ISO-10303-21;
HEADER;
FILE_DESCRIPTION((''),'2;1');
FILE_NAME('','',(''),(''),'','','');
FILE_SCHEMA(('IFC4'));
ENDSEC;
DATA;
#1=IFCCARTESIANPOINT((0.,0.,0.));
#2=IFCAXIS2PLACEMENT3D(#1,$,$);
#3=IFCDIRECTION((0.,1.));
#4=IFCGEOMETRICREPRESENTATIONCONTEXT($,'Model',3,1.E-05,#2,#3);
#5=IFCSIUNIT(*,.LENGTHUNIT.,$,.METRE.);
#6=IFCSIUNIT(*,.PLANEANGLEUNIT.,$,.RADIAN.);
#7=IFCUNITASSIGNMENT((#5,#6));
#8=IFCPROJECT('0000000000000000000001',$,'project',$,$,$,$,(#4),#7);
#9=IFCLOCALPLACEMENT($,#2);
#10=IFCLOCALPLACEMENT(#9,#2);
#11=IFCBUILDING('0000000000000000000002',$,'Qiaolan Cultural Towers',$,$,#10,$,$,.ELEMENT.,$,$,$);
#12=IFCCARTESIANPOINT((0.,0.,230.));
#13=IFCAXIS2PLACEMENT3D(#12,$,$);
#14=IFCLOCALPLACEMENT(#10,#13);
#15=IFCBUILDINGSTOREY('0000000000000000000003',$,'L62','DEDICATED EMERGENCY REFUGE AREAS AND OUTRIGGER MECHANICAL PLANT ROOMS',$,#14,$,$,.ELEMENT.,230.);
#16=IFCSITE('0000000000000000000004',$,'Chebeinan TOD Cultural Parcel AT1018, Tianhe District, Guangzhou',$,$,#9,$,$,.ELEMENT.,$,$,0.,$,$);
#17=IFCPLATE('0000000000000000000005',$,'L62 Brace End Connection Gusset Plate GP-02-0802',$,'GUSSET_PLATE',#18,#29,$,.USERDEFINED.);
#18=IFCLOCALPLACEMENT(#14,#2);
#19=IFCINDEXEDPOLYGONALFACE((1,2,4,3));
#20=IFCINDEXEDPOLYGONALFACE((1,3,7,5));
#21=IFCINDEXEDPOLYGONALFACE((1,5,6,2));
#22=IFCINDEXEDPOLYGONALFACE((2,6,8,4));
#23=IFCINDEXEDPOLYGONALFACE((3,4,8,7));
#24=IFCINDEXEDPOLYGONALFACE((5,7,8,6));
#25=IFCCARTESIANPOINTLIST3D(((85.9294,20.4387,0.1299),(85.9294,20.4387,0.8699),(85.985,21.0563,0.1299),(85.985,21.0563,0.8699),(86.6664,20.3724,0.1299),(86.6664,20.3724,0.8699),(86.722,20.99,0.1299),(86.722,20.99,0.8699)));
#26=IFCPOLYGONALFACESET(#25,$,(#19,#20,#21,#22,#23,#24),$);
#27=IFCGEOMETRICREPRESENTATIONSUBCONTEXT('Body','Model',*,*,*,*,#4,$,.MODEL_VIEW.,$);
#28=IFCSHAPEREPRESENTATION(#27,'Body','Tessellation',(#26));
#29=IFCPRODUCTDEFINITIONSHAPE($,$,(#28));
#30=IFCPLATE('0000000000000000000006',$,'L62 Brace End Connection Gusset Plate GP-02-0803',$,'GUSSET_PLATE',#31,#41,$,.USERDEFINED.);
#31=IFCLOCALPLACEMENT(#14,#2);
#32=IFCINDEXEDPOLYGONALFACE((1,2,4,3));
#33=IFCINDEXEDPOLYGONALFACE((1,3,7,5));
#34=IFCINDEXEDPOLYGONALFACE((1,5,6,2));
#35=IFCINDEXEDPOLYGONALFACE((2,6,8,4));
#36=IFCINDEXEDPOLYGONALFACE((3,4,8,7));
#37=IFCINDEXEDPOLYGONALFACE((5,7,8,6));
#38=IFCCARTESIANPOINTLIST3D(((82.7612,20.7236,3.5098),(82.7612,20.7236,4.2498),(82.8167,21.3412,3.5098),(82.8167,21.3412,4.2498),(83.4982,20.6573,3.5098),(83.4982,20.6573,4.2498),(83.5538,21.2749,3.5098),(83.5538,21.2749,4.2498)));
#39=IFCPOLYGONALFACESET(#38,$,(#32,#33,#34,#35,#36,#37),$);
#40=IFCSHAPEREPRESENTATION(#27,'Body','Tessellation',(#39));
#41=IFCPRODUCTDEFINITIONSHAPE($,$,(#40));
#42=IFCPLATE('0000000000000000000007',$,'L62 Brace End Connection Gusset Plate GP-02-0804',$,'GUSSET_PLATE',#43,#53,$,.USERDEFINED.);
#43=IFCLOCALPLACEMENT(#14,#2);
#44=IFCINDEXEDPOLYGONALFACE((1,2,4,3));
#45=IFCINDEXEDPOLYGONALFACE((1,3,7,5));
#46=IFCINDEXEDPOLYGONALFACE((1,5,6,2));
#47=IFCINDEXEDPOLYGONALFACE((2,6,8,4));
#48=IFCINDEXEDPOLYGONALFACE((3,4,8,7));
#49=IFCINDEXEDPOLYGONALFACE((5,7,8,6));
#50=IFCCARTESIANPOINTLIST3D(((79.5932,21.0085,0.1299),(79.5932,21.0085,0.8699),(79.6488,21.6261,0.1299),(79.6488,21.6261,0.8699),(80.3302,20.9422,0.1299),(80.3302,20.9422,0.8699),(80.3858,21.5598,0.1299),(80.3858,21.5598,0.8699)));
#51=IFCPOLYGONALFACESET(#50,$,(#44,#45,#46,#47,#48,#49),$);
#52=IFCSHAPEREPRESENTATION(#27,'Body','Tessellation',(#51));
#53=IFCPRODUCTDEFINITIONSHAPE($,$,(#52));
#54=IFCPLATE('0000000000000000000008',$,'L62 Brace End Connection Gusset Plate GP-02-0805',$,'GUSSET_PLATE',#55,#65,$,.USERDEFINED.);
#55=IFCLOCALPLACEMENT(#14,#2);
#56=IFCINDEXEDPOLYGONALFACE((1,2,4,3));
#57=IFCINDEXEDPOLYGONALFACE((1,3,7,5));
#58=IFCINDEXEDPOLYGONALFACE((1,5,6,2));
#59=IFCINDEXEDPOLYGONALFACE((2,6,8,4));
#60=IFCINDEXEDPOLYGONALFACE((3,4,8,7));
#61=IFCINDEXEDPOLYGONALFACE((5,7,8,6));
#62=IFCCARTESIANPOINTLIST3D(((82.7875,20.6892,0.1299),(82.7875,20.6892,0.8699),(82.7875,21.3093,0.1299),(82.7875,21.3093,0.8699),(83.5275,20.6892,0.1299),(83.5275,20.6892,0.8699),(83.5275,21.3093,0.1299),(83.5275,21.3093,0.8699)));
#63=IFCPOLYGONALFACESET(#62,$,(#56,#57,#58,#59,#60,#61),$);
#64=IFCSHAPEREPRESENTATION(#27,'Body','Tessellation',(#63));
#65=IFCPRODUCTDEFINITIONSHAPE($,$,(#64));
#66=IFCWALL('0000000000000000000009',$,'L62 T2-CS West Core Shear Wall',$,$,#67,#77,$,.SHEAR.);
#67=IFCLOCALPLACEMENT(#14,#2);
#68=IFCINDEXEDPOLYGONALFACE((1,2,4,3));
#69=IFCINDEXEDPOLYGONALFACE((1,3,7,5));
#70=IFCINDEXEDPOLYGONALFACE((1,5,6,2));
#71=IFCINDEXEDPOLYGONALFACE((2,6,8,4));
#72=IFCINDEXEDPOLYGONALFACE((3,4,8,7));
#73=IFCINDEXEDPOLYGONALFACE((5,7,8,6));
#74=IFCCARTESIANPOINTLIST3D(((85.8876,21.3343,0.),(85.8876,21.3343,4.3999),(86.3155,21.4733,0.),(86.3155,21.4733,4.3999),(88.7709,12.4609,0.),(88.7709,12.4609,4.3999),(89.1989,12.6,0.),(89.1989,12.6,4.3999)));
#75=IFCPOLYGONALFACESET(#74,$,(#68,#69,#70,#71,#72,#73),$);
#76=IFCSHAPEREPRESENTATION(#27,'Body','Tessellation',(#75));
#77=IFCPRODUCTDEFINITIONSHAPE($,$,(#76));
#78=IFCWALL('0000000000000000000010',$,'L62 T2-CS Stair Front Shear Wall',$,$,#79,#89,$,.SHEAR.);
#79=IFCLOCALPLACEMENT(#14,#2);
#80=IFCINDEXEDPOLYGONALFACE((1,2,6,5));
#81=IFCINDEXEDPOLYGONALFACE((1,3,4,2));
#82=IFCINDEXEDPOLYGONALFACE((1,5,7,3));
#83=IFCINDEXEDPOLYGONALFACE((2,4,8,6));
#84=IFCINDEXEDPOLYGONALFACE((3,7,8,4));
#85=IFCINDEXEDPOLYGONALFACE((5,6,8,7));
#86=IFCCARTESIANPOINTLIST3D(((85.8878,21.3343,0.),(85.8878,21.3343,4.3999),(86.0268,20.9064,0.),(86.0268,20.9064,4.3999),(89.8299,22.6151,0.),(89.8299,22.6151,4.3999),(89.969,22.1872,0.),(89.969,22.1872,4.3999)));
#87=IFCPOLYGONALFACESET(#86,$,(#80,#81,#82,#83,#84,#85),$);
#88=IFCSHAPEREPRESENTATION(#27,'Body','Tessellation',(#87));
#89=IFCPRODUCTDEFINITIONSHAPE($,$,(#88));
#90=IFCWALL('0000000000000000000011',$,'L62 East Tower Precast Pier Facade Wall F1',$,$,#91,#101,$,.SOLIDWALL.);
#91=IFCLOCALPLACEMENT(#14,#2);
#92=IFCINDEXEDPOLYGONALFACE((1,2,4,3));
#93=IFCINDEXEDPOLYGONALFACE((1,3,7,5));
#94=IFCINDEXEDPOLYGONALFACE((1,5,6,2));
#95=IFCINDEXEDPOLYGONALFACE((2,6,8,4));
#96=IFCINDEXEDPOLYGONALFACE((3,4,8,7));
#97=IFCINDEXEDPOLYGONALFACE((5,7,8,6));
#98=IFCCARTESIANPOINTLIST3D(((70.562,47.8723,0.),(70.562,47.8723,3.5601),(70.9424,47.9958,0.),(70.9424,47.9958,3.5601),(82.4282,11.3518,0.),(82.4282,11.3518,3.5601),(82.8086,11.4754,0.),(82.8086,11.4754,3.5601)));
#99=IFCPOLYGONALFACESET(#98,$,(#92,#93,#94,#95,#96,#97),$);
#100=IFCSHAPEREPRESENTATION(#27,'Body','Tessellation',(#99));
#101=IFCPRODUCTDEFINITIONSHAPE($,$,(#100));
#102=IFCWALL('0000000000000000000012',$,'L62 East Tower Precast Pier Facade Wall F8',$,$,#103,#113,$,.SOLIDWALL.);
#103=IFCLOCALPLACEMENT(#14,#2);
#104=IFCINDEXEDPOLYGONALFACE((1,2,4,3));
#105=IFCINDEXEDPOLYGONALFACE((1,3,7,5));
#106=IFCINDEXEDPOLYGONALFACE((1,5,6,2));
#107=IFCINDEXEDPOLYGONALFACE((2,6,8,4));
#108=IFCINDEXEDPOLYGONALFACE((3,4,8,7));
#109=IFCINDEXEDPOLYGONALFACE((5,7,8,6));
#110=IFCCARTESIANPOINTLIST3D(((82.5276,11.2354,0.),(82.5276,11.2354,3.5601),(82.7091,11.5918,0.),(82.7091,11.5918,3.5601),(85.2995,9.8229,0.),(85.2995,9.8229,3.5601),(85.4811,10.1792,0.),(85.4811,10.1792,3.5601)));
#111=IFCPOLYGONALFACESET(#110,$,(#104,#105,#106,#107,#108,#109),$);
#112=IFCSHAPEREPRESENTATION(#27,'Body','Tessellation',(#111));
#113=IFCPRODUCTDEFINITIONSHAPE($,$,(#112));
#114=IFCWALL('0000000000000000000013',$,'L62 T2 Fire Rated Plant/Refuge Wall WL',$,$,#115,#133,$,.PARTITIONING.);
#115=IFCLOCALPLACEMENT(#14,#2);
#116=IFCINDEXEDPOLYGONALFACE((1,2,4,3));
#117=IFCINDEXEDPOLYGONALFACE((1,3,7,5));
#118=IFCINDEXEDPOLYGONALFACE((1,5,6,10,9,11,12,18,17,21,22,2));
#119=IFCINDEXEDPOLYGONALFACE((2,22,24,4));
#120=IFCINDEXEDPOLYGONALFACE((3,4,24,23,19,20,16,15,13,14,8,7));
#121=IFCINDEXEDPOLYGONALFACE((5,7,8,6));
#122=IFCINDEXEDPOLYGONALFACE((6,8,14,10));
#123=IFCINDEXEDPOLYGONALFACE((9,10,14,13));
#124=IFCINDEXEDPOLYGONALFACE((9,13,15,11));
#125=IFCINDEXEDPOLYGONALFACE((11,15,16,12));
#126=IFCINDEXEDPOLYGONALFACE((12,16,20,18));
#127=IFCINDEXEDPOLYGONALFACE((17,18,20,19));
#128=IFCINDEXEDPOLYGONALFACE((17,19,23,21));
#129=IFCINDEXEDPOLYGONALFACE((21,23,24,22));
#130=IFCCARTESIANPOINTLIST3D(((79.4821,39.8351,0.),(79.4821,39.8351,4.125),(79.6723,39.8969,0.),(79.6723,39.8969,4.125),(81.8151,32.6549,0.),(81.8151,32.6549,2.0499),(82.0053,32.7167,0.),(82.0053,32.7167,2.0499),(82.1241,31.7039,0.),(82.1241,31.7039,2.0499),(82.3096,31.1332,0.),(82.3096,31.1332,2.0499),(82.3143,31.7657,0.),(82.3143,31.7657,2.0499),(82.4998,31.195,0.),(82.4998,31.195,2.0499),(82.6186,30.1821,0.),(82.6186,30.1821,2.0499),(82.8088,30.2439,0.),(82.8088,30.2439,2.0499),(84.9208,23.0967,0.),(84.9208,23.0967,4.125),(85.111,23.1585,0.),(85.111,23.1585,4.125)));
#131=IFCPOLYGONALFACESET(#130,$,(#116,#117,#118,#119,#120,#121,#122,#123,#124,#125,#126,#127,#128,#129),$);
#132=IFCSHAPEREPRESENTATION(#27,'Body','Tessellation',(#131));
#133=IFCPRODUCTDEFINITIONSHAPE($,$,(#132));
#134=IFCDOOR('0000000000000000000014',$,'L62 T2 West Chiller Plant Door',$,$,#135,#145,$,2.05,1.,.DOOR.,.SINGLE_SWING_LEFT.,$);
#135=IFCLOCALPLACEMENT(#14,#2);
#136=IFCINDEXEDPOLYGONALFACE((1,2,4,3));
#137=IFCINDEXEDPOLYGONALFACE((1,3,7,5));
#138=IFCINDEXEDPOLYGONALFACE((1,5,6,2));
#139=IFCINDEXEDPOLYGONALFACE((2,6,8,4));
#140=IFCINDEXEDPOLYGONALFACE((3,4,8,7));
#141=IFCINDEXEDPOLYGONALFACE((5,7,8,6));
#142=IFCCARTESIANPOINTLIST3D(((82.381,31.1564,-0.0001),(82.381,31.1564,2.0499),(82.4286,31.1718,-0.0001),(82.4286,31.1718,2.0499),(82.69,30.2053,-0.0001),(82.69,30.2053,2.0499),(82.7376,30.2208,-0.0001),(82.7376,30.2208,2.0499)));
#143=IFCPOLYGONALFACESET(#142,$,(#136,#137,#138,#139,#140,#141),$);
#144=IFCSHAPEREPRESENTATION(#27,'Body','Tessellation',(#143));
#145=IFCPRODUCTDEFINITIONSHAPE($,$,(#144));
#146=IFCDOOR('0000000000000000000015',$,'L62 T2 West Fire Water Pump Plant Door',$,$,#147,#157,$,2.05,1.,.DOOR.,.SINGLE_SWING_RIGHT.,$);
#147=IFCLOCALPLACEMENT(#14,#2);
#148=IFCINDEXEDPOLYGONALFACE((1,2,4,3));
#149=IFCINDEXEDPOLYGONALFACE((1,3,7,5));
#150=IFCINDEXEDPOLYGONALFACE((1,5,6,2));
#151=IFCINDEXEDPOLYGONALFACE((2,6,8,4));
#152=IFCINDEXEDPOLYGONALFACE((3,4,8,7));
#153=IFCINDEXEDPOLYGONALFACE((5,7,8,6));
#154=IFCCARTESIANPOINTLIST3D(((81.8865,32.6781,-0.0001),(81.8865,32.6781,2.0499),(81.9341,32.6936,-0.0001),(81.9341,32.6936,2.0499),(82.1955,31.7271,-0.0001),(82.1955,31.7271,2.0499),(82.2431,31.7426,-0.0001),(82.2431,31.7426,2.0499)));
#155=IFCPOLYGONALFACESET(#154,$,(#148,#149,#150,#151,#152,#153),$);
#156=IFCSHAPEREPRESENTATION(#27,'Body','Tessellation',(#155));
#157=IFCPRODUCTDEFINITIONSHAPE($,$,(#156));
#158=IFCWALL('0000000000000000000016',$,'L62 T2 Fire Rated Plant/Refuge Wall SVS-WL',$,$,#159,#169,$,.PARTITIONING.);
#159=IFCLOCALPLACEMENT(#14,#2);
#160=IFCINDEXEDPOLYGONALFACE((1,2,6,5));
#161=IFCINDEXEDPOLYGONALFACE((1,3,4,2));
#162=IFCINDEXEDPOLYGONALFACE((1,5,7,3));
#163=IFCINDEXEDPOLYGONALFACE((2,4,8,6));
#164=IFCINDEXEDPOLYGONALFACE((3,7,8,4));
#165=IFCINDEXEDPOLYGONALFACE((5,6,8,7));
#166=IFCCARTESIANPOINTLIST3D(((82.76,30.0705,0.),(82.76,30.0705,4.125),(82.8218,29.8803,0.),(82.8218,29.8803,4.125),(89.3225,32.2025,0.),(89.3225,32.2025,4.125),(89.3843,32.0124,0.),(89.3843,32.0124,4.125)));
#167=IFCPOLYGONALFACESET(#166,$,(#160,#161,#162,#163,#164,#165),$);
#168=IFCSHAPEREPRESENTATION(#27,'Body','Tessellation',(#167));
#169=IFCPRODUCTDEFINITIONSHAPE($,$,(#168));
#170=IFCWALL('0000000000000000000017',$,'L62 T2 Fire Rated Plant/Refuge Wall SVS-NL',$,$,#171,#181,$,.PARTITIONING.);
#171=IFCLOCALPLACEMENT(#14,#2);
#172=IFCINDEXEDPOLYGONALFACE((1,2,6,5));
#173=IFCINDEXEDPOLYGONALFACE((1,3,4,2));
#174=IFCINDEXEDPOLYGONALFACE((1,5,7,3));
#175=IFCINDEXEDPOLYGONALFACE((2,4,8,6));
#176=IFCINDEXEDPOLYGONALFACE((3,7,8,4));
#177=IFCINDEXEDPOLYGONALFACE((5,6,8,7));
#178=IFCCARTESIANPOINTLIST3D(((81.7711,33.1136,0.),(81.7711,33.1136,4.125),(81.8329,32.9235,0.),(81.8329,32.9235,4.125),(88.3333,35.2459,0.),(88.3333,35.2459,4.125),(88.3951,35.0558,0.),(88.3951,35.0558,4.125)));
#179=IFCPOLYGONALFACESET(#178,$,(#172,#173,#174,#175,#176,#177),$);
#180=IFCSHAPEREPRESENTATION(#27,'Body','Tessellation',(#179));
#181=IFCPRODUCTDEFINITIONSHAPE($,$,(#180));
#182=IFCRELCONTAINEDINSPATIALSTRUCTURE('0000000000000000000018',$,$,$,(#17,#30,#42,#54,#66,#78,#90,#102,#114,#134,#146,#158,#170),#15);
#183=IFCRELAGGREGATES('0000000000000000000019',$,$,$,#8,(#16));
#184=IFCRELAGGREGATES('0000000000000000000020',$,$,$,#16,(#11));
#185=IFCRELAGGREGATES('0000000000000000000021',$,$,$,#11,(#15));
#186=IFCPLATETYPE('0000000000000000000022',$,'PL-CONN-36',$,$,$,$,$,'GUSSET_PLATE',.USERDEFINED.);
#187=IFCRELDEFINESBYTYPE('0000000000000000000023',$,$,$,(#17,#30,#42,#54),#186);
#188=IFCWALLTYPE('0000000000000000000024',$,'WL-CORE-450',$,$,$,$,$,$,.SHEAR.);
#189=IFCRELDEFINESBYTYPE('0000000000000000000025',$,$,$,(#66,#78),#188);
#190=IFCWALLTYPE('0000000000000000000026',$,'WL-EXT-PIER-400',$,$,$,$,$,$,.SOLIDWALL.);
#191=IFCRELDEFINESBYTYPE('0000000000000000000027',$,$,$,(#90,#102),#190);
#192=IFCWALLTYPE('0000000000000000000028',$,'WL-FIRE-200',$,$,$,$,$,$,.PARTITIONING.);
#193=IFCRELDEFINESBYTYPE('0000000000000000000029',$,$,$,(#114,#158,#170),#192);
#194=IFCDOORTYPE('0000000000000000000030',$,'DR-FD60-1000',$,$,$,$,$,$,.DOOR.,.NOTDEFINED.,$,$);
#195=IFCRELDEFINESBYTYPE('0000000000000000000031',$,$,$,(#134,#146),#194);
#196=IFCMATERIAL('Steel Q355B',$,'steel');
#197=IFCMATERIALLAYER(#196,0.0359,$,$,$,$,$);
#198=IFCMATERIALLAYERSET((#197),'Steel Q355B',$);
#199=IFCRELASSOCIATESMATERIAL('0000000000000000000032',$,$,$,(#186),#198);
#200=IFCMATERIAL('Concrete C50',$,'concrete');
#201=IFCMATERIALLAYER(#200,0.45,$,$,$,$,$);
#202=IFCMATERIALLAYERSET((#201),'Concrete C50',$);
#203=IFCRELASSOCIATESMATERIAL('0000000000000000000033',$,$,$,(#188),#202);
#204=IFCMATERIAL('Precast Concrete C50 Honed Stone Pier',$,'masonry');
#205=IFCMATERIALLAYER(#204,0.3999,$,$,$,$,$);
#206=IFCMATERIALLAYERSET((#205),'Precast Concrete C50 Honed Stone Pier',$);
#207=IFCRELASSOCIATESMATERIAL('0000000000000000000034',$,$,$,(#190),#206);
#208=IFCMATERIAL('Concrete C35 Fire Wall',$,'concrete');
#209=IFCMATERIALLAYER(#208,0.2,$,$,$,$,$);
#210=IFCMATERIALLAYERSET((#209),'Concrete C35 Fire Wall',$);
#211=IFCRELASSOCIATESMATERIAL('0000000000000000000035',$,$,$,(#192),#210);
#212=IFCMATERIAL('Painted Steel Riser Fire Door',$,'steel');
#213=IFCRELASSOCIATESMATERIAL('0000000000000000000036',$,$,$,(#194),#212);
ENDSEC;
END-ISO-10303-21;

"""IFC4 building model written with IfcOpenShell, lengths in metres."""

from ifc_helpers import new_model, si_unit, direction, frame, frame_2d, origin, origin_2d, place, context, subcontext, project, spatial, rectangle, extrude, material, layer, layer_set, type_object, element, fill, save


model = new_model("IFC4")

# Units and contexts
model_context = context("Model", 3, precision=1e-05, world=origin(), true_north=direction((0.0, 1.0)))
body_context = subcontext(model_context, "Body", "Model", "MODEL_VIEW")
ifc_project = project(units=[si_unit("LENGTHUNIT", "METRE"), si_unit("PLANEANGLEUNIT", "RADIAN")], contexts=[model_context])

# Site, building, storey
site_placement = place(None, origin())
site = spatial("IfcSite", under=ifc_project, at=site_placement, Name="Chebeinan TOD Cultural Parcel AT1018, Tianhe District, Guangzhou", CompositionType="ELEMENT", RefElevation=0.0)
building_placement = place(site_placement, origin())
building = spatial("IfcBuilding", under=site, at=building_placement, Name="Qiaolan Cultural Towers", CompositionType="ELEMENT")
storey_placement = place(building_placement, frame((0.0, 0.0, 230.0)))
storey = spatial("IfcBuildingStorey", under=building, at=storey_placement, Name="L62", Description="DEDICATED EMERGENCY REFUGE AREAS AND OUTRIGGER MECHANICAL PLANT ROOMS", CompositionType="ELEMENT", Elevation=230.0)

# Plates
ifc_material_1 = material(Name="Steel Q355B", Category="steel")
ifc_layer_1 = layer(ifc_material_1, 0.0359)
ifc_layer_set_1 = layer_set([ifc_layer_1], Name="Steel Q355B")
plate_type = type_object("IfcPlateType", Name="PL-CONN-36", ElementType="GUSSET_PLATE", PredefinedType="USERDEFINED", material=ifc_layer_set_1)
for number, where, z_axis, x_axis, name in (
    (1, (86.3257, 20.7144, 0.1299), (0.0, 0.0, 1.0), (-0.99598, 0.08958, 0.0), "L62 Brace End Connection Gusset Plate GP-02-0802"),
    (2, (83.1575, 20.9993, 3.5098), (0.0, 0.0, 1.0), (-0.99598, 0.08958, 0.0), "L62 Brace End Connection Gusset Plate GP-02-0803"),
    (3, (79.9895, 21.2842, 0.1299), (0.0, 0.0, 1.0), (-0.99598, 0.08958, 0.0), "L62 Brace End Connection Gusset Plate GP-02-0804"),
    (4, (83.1575, 20.9993, 0.1299), (0.0, 0.0, 1.0), (1.0, 0.0, 0.0), "L62 Brace End Connection Gusset Plate GP-02-0805"),
):
    element("IfcPlate", number, at=place(storey_placement, frame(where, z_axis=z_axis, x_axis=x_axis)), inside=storey, type_object=plate_type, Name=name, ObjectType="GUSSET_PLATE", PredefinedType="USERDEFINED", context=body_context, shape_type="SweptSolid", body=[
        extrude(rectangle(XDim=0.74, YDim=0.6201, at=origin_2d()), origin(), (0.0, 0.0, 1.0), 0.74),
    ])

# Walls
ifc_material_2 = material(Name="Concrete C50", Category="concrete")
ifc_layer_2 = layer(ifc_material_2, 0.45)
ifc_layer_set_2 = layer_set([ifc_layer_2], Name="Concrete C50")
wall_type_1 = type_object("IfcWallType", Name="WL-CORE-450", PredefinedType="SHEAR", material=ifc_layer_set_2)
wall_1_placement = place(storey_placement, frame((86.1016, 21.4038, 0.0), z_axis=(0.0, 0.0, 1.0), x_axis=(0.309036, -0.95105, 0.0)))
element("IfcWall", 5, at=wall_1_placement, inside=storey, type_object=wall_type_1, Name="L62 T2-CS West Core Shear Wall", PredefinedType="SHEAR", context=body_context, shape_type="SweptSolid", body=[
    extrude(rectangle(XDim=9.3301, YDim=0.45, at=frame_2d((4.665, 0.0))), origin(), (0.0, 0.0, 1.0), 4.3999),
])
wall_2_placement = place(storey_placement, frame((85.9573, 21.1204, 0.0), z_axis=(0.0, 0.0, 1.0), x_axis=(0.951065, 0.308992, 0.0)))
element("IfcWall", 6, at=wall_2_placement, inside=storey, type_object=wall_type_1, Name="L62 T2-CS Stair Front Shear Wall", PredefinedType="SHEAR", context=body_context, shape_type="SweptSolid", body=[
    extrude(rectangle(XDim=4.145, YDim=0.45, at=frame_2d((2.0725, 0.0))), origin(), (0.0, 0.0, 1.0), 4.3999),
])
ifc_material_3 = material(Name="Precast Concrete C50 Honed Stone Pier", Category="masonry")
ifc_layer_3 = layer(ifc_material_3, 0.3999)
ifc_layer_set_3 = layer_set([ifc_layer_3], Name="Precast Concrete C50 Honed Stone Pier")
wall_type_2 = type_object("IfcWallType", Name="WL-EXT-PIER-400", PredefinedType="SOLIDWALL", material=ifc_layer_set_3)
wall_3_placement = place(storey_placement, frame((82.6184, 11.4136, 0.0), z_axis=(0.0, 0.0, 1.0), x_axis=(-0.309016, 0.951057, 0.0)))
element("IfcWall", 7, at=wall_3_placement, inside=storey, type_object=wall_type_2, Name="L62 East Tower Precast Pier Facade Wall F1", PredefinedType="SOLIDWALL", context=body_context, shape_type="SweptSolid", body=[
    extrude(rectangle(XDim=38.3999, YDim=0.3999, at=frame_2d((19.2, 0.0))), origin(), (0.0, 0.0, 1.0), 3.5601),
])
wall_4_placement = place(storey_placement, frame((85.3904, 10.001, 0.0), z_axis=(0.0, 0.0, 1.0), x_axis=(-0.89098, 0.454043, 0.0)))
element("IfcWall", 8, at=wall_4_placement, inside=storey, type_object=wall_type_2, Name="L62 East Tower Precast Pier Facade Wall F8", PredefinedType="SOLIDWALL", context=body_context, shape_type="SweptSolid", body=[
    extrude(rectangle(XDim=3.1111, YDim=0.3999, at=frame_2d((1.5557, 0.0))), origin(), (0.0, 0.0, 1.0), 3.5601),
])

# Wall, openings, doors
ifc_material_4 = material(Name="Concrete C35 Fire Wall", Category="concrete")
ifc_layer_4 = layer(ifc_material_4, 0.2)
ifc_layer_set_4 = layer_set([ifc_layer_4], Name="Concrete C35 Fire Wall")
wall_type_3 = type_object("IfcWallType", Name="WL-FIRE-200", PredefinedType="PARTITIONING", material=ifc_layer_set_4)
wall_5_placement = place(storey_placement, frame((85.0159, 23.1277, 0.0), z_axis=(0.0, 0.0, 1.0), x_axis=(-0.309019, 0.951056, 0.0)))
wall_5 = element("IfcWall", 9, at=wall_5_placement, inside=storey, type_object=wall_type_3, Name="L62 T2 Fire Rated Plant/Refuge Wall WL", PredefinedType="PARTITIONING", context=body_context, shape_type="SweptSolid", body=[
    extrude(rectangle(XDim=17.5999, YDim=0.2, at=frame_2d((8.7998, 0.0))), origin(), (0.0, 0.0, 1.0), 4.125),
])
opening_1_placement = place(wall_5_placement, frame((7.45, 0.0, 0.0)))
opening_1 = element("IfcOpeningElement", 10, at=opening_1_placement, cuts=wall_5, PredefinedType="OPENING", context=body_context, shape_type="SweptSolid", body=[
    extrude(rectangle(XDim=1.0, YDim=2.05, at=frame_2d((0.5, 1.0249))), frame((0.0, 0.1099, 0.0), z_axis=(0.0, -1.0, 0.0), x_axis=(1.0, 0.0, 0.0)), (0.0, 0.0, 1.0), 0.22),
])
opening_2_placement = place(wall_5_placement, frame((9.05, 0.0, 0.0)))
opening_2 = element("IfcOpeningElement", 11, at=opening_2_placement, cuts=wall_5, PredefinedType="OPENING", context=body_context, shape_type="SweptSolid", body=[
    extrude(rectangle(XDim=1.0, YDim=2.05, at=frame_2d((0.5, 1.0249))), frame((0.0, 0.1099, 0.0), z_axis=(0.0, -1.0, 0.0), x_axis=(1.0, 0.0, 0.0)), (0.0, 0.0, 1.0), 0.22),
])
ifc_material_5 = material(Name="Painted Steel Riser Fire Door", Category="steel")
door_type = type_object("IfcDoorType", Name="DR-FD60-1000", OperationType="NOTDEFINED", PredefinedType="DOOR", material=ifc_material_5)
door_1_placement = place(opening_1_placement, origin())
door_1 = element("IfcDoor", 12, at=door_1_placement, inside=storey, type_object=door_type, Name="L62 T2 West Chiller Plant Door", OperationType="SINGLE_SWING_LEFT", OverallHeight=2.05, OverallWidth=1.0, PredefinedType="DOOR", context=body_context, shape_type="SweptSolid", body=[
    extrude(rectangle(XDim=1.0, YDim=2.05, at=frame_2d((0.5, 1.0249))), frame((0.0, 0.0249, 0.0), z_axis=(0.0, -1.0, 0.0), x_axis=(1.0, 0.0, 0.0)), (0.0, 0.0, 1.0), 0.05),
])
fill(opening_1, door_1)
door_2_placement = place(opening_2_placement, origin())
door_2 = element("IfcDoor", 13, at=door_2_placement, inside=storey, type_object=door_type, Name="L62 T2 West Fire Water Pump Plant Door", OperationType="SINGLE_SWING_RIGHT", OverallHeight=2.05, OverallWidth=1.0, PredefinedType="DOOR", context=body_context, shape_type="SweptSolid", body=[
    extrude(rectangle(XDim=1.0, YDim=2.05, at=frame_2d((0.5, 1.0249))), frame((0.0, 0.0249, 0.0), z_axis=(0.0, -1.0, 0.0), x_axis=(1.0, 0.0, 0.0)), (0.0, 0.0, 1.0), 0.05),
])
fill(opening_2, door_2)

# Walls
wall_6_placement = place(storey_placement, frame((82.7908, 29.9753, 0.0), z_axis=(0.0, 0.0, 1.0), x_axis=(0.951065, 0.30899, 0.0)))
element("IfcWall", 14, at=wall_6_placement, inside=storey, type_object=wall_type_3, Name="L62 T2 Fire Rated Plant/Refuge Wall SVS-WL", PredefinedType="PARTITIONING", context=body_context, shape_type="SweptSolid", body=[
    extrude(rectangle(XDim=6.9001, YDim=0.2, at=frame_2d((3.4502, 0.0))), origin(), (0.0, 0.0, 1.0), 4.125),
])
wall_7_placement = place(storey_placement, frame((81.802, 33.0186, 0.0), z_axis=(0.0, 0.0, 1.0), x_axis=(0.951051, 0.309032, 0.0)))
element("IfcWall", 15, at=wall_7_placement, inside=storey, type_object=wall_type_3, Name="L62 T2 Fire Rated Plant/Refuge Wall SVS-NL", PredefinedType="PARTITIONING", context=body_context, shape_type="SweptSolid", body=[
    extrude(rectangle(XDim=6.8999, YDim=0.2, at=frame_2d((3.45, 0.0))), origin(), (0.0, 0.0, 1.0), 4.125),
])

save(model, "model.ifc")
